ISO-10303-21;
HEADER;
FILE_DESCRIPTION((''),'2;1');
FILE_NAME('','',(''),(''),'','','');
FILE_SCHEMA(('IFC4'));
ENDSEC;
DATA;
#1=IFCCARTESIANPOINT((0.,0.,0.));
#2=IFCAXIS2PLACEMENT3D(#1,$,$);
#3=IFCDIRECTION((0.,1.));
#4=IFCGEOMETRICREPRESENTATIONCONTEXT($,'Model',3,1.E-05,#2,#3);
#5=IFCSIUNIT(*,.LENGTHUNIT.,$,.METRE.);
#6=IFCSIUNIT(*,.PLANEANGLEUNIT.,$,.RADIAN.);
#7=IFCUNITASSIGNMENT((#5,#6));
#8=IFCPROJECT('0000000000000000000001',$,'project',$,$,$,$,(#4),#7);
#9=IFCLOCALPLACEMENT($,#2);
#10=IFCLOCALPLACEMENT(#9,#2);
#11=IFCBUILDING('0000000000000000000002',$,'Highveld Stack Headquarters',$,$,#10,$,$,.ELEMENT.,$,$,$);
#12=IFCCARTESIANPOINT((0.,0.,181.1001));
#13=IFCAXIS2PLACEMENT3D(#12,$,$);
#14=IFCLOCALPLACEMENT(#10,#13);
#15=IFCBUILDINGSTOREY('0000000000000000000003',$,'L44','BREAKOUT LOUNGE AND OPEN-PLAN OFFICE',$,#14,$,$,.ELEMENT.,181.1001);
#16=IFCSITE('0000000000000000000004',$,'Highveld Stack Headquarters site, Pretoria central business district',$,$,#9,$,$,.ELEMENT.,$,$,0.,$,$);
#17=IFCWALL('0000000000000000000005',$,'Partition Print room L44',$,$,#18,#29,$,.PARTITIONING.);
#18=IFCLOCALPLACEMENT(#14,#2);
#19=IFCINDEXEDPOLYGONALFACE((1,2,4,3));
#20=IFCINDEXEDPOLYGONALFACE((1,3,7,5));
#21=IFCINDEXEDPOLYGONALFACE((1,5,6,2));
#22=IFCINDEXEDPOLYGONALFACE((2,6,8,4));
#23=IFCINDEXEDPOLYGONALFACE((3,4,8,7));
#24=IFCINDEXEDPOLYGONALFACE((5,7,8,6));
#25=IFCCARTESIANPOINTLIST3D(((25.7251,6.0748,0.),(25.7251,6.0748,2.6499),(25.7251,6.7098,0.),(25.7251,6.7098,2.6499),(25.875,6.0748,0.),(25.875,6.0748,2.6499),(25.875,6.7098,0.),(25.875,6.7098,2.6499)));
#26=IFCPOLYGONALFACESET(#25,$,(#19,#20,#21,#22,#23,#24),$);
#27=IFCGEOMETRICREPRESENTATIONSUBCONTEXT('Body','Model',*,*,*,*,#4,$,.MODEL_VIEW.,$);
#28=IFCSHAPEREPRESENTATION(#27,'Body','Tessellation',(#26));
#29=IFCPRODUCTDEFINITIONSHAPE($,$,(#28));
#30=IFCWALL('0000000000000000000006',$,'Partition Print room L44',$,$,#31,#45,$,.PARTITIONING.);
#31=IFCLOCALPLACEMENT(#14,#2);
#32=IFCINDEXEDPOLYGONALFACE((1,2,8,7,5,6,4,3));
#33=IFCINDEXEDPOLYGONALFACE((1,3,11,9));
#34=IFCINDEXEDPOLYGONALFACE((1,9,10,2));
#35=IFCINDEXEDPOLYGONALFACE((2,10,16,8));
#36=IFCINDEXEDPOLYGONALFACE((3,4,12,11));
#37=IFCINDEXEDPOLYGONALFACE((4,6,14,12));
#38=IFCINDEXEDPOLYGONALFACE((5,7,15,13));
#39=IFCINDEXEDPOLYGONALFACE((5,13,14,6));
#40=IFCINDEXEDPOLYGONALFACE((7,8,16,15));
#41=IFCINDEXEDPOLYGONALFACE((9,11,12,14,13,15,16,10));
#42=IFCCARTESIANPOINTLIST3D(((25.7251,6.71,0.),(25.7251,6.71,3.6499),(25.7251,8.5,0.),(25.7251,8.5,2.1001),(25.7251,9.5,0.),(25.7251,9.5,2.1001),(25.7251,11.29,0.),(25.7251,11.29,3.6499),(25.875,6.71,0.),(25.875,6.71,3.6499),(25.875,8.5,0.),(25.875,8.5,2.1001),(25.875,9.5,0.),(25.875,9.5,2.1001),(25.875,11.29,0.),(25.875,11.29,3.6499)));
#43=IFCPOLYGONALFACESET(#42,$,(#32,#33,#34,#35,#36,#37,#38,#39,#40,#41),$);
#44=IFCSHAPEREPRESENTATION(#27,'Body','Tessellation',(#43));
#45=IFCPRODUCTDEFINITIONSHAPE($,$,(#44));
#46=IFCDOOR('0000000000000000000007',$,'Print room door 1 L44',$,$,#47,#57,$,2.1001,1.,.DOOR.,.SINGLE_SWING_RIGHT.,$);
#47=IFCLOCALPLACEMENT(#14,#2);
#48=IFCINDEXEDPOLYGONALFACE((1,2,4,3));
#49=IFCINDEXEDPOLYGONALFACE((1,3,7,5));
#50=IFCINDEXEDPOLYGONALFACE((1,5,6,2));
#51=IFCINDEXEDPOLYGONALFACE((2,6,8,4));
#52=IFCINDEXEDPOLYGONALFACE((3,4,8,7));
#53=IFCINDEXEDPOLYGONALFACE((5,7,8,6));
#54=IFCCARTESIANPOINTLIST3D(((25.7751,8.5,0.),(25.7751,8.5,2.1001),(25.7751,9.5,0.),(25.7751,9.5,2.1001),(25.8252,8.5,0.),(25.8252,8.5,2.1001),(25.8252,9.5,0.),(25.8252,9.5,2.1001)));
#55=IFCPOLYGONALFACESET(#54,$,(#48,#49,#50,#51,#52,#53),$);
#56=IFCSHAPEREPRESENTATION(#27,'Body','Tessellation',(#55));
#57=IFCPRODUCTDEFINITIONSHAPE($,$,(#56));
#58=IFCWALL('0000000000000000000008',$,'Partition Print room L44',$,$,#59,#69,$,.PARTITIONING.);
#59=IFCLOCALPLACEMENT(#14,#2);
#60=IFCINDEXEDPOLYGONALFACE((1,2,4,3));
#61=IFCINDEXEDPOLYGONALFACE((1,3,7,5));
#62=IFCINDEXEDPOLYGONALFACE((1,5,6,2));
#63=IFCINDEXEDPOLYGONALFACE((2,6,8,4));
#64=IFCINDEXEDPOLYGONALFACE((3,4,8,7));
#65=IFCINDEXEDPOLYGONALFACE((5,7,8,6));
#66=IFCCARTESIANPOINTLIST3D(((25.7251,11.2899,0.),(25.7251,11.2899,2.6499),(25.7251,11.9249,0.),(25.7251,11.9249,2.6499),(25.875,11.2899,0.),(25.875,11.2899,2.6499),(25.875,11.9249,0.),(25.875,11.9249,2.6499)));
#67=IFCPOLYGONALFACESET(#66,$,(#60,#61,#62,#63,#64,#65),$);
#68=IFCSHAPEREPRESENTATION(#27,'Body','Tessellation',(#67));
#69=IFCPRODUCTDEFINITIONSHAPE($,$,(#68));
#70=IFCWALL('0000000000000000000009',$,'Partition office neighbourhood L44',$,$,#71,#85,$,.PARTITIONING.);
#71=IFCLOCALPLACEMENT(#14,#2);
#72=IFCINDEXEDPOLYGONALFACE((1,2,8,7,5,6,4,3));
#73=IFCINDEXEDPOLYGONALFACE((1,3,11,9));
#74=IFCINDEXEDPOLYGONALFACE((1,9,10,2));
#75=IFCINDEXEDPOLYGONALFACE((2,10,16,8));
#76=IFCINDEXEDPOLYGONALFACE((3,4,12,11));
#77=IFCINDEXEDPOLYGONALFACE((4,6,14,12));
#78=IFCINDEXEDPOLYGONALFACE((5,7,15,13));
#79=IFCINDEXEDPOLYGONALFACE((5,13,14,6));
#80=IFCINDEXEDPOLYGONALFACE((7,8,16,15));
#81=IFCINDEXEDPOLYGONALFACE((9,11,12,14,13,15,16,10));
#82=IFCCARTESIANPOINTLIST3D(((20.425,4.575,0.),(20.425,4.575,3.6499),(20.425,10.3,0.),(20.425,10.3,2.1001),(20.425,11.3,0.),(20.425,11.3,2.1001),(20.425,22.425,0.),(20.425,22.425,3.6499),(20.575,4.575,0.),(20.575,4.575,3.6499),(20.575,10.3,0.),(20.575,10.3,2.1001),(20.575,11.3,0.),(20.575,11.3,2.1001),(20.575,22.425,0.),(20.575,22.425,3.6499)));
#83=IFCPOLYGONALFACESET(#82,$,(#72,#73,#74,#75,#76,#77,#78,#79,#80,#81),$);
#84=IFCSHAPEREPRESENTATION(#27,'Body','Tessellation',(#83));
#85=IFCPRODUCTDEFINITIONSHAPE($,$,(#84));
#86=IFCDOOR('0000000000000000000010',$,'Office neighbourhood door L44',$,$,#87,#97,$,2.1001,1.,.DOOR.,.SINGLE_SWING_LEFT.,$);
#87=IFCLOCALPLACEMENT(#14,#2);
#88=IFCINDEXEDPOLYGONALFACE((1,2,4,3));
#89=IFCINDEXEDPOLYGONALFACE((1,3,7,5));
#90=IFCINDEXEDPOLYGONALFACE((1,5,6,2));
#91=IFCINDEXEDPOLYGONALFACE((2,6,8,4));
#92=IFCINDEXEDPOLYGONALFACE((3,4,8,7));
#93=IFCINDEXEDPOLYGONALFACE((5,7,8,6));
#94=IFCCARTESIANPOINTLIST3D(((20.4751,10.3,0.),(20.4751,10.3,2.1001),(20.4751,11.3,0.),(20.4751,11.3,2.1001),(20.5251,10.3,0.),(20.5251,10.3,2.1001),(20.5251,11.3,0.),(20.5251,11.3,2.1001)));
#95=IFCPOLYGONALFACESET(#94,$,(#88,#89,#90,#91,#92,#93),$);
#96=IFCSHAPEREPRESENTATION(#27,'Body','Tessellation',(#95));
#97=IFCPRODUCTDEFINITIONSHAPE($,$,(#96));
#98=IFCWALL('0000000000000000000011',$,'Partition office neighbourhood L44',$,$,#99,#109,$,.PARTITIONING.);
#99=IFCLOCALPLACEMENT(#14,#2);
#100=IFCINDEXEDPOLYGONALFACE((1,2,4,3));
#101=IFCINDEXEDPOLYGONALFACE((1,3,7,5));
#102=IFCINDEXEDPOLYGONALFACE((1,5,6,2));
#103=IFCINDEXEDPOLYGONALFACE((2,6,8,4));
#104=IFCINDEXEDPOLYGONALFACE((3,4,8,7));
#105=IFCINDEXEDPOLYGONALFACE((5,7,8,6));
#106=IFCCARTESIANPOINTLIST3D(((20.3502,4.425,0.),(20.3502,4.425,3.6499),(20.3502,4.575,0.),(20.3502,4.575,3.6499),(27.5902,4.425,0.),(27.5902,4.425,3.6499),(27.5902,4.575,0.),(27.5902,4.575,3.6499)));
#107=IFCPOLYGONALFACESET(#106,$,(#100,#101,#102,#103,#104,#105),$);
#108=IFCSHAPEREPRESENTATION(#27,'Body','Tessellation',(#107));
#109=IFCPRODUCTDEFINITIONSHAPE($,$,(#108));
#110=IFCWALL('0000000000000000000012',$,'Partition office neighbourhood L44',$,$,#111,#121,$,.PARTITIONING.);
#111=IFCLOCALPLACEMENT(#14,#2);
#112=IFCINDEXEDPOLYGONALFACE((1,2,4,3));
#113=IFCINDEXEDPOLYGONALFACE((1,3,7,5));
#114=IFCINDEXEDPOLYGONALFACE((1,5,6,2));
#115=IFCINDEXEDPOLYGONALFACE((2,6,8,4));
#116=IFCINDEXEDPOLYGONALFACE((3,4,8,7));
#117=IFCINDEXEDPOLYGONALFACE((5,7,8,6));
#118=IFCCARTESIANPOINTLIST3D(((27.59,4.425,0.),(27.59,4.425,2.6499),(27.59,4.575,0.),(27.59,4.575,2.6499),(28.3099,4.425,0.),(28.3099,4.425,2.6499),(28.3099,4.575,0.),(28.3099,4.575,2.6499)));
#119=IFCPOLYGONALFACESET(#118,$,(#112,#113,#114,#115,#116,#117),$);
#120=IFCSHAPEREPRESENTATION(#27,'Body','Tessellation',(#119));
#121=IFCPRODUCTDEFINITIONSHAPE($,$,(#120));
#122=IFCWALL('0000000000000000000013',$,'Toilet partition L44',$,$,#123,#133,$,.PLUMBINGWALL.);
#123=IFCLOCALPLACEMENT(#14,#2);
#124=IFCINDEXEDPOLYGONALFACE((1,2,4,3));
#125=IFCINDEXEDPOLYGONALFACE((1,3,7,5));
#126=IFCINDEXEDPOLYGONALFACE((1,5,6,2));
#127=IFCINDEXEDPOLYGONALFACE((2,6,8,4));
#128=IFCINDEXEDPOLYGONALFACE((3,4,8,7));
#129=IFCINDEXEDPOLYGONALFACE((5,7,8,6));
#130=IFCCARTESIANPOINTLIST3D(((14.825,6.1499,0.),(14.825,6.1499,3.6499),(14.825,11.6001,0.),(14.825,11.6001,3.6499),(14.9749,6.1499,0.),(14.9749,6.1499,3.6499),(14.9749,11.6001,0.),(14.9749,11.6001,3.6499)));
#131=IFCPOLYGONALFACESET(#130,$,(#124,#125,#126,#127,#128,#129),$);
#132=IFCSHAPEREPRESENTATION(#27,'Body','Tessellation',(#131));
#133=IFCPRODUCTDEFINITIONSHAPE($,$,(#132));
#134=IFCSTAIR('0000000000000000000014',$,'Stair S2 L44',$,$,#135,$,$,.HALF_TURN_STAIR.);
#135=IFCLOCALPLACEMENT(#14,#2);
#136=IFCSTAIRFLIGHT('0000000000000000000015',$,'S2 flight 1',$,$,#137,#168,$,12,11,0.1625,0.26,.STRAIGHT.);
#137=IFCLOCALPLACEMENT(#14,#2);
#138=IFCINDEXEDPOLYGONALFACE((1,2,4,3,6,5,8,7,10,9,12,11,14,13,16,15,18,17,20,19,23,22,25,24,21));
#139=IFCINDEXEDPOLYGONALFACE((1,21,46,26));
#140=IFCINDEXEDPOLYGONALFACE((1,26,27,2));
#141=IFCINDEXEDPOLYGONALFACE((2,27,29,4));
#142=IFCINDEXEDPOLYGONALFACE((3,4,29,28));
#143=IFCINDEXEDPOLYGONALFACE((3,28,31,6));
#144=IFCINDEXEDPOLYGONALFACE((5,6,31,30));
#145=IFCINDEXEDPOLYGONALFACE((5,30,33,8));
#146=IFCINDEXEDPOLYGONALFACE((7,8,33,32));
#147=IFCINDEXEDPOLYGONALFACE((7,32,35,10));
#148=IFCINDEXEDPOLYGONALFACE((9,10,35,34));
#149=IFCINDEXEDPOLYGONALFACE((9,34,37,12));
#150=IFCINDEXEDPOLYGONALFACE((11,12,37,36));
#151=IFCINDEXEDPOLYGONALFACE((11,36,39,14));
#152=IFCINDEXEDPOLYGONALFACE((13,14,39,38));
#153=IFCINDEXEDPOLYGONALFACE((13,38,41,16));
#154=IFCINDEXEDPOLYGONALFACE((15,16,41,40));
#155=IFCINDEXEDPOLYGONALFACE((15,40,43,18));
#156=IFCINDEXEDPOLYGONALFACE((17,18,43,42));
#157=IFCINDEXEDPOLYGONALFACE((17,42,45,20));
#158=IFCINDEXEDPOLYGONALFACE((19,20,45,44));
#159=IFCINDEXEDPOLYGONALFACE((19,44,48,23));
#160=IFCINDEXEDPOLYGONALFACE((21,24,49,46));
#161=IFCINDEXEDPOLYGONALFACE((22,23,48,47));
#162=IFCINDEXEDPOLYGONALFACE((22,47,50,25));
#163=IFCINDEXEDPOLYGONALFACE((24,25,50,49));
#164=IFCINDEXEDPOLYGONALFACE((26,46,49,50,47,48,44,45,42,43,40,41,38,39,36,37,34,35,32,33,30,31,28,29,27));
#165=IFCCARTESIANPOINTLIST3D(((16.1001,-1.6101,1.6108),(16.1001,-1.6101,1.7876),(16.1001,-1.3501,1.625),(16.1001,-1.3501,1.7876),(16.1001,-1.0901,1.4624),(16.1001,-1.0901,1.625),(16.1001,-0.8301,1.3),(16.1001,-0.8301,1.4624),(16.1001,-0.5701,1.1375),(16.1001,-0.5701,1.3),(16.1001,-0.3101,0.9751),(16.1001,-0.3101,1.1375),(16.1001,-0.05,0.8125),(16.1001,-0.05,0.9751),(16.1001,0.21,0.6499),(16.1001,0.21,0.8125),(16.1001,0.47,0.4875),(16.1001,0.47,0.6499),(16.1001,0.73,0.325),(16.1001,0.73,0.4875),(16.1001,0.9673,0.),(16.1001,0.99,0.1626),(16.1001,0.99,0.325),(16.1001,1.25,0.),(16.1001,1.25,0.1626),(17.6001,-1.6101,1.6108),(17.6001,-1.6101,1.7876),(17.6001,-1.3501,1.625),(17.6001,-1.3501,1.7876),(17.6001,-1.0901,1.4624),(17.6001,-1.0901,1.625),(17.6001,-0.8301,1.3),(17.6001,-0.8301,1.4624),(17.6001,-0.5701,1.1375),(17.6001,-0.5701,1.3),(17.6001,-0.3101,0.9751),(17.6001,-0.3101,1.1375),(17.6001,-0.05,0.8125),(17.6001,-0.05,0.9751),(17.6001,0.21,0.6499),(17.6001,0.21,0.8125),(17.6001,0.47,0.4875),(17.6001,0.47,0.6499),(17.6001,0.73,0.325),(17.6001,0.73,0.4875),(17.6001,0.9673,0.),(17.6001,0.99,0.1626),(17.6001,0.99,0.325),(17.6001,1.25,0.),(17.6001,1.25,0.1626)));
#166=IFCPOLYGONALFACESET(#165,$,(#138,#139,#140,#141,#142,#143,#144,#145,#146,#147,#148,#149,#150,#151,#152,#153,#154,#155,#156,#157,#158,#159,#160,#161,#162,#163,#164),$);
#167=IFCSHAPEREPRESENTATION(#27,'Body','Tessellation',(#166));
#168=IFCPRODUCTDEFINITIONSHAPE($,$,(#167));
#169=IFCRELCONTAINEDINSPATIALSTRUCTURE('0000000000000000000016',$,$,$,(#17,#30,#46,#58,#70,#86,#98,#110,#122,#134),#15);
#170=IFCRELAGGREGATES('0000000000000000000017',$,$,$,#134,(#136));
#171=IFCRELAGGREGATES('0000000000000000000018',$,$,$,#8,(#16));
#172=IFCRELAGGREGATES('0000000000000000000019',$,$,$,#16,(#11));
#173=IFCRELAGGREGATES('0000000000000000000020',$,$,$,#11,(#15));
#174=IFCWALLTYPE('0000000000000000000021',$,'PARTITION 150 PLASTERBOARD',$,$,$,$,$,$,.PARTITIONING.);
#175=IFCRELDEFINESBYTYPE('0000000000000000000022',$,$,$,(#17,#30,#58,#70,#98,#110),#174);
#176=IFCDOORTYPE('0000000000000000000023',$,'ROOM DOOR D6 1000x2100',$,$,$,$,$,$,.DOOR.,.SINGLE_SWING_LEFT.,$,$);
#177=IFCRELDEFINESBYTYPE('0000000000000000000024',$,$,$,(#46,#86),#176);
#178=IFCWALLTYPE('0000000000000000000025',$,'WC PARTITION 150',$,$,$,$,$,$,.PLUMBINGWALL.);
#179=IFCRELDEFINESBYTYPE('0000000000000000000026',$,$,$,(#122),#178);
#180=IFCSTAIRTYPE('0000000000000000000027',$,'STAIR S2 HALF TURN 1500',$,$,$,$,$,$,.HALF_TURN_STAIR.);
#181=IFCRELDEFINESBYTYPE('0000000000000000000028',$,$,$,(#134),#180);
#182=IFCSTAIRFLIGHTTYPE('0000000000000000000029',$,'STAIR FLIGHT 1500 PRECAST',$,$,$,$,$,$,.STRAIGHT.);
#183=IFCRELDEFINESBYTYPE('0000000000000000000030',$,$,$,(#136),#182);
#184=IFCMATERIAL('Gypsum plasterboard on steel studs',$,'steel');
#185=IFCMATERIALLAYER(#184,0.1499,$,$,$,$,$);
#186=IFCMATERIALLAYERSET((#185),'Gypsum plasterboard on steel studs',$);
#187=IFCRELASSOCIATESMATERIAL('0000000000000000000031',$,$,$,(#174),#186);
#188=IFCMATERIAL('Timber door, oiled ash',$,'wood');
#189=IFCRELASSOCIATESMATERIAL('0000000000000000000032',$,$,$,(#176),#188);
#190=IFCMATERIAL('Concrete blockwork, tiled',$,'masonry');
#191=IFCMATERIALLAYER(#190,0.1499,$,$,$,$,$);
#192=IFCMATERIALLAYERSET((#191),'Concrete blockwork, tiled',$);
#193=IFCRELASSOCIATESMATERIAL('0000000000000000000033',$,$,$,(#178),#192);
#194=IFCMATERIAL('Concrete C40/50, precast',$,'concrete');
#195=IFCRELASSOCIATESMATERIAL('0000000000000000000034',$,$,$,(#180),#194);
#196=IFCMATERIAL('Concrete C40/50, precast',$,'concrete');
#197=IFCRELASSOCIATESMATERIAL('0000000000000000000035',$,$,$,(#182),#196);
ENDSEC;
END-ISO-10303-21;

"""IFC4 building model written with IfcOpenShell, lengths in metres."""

from ifc_helpers import new_model, si_unit, direction, frame, frame_2d, origin, place, context, subcontext, project, spatial, polyline, rectangle, outline, extrude, material, layer, layer_set, type_object, element, fill, aggregate, save


model = new_model("IFC4")

# Units and contexts
model_context = context("Model", 3, precision=1e-05, world=origin(), true_north=direction((0.0, 1.0)))
body_context = subcontext(model_context, "Body", "Model", "MODEL_VIEW")
ifc_project = project(units=[si_unit("LENGTHUNIT", "METRE"), si_unit("PLANEANGLEUNIT", "RADIAN")], contexts=[model_context])

# Site, building, storey
site_placement = place(None, origin())
site = spatial("IfcSite", under=ifc_project, at=site_placement, Name="Highveld Stack Headquarters site, Pretoria central business district", CompositionType="ELEMENT", RefElevation=0.0)
building_placement = place(site_placement, origin())
building = spatial("IfcBuilding", under=site, at=building_placement, Name="Highveld Stack Headquarters", CompositionType="ELEMENT")
storey_placement = place(building_placement, frame((0.0, 0.0, 181.1001)))
storey = spatial("IfcBuildingStorey", under=building, at=storey_placement, Name="L44", Description="BREAKOUT LOUNGE AND OPEN-PLAN OFFICE", CompositionType="ELEMENT", Elevation=181.1001)

# Wall
ifc_material_1 = material(Name="Gypsum plasterboard on steel studs", Category="steel")
ifc_layer_1 = layer(ifc_material_1, 0.1499)
ifc_layer_set_1 = layer_set([ifc_layer_1], Name="Gypsum plasterboard on steel studs")
wall_type_1 = type_object("IfcWallType", Name="PARTITION 150 PLASTERBOARD", PredefinedType="PARTITIONING", material=ifc_layer_set_1)
wall_1_placement = place(storey_placement, frame((25.8, 6.075, 0.0), z_axis=(0.0, 0.0, 1.0), x_axis=(0.0, 1.0, 0.0)))
element("IfcWall", 1, at=wall_1_placement, inside=storey, type_object=wall_type_1, Name="Partition Print room L44", PredefinedType="PARTITIONING", context=body_context, shape_type="SweptSolid", body=[
    extrude(rectangle(XDim=0.635, YDim=0.1499, at=frame_2d((0.3174, 0.0))), origin(), (0.0, 0.0, 1.0), 2.6499),
])

# Wall, opening, door
wall_2_placement = place(storey_placement, frame((25.8, 6.71, 0.0), z_axis=(0.0, 0.0, 1.0), x_axis=(0.0, 1.0, 0.0)))
wall_2 = element("IfcWall", 2, at=wall_2_placement, inside=storey, type_object=wall_type_1, Name="Partition Print room L44", PredefinedType="PARTITIONING", context=body_context, shape_type="SweptSolid", body=[
    extrude(rectangle(XDim=4.5801, YDim=0.1499, at=frame_2d((2.29, 0.0))), origin(), (0.0, 0.0, 1.0), 3.6499),
])
opening_1_placement = place(wall_2_placement, frame((1.79, 0.0, 0.0)))
opening_1 = element("IfcOpeningElement", 3, at=opening_1_placement, cuts=wall_2, PredefinedType="OPENING", context=body_context, shape_type="SweptSolid", body=[
    extrude(rectangle(XDim=1.0, YDim=2.1001, at=frame_2d((0.5, 1.05))), frame((0.0, 0.085, 0.0), z_axis=(0.0, -1.0, 0.0), x_axis=(1.0, 0.0, 0.0)), (0.0, 0.0, 1.0), 0.1699),
])
ifc_material_2 = material(Name="Timber door, oiled ash", Category="wood")
door_type_1 = type_object("IfcDoorType", Name="ROOM DOOR D6 1000x2100", OperationType="SINGLE_SWING_LEFT", PredefinedType="DOOR", material=ifc_material_2)
door_1_placement = place(opening_1_placement, origin())
door_1 = element("IfcDoor", 4, at=door_1_placement, inside=storey, type_object=door_type_1, Name="Print room door 1 L44", OperationType="SINGLE_SWING_RIGHT", OverallHeight=2.1001, OverallWidth=1.0, PredefinedType="DOOR", context=body_context, shape_type="SweptSolid", body=[
    extrude(rectangle(XDim=1.0, YDim=2.1001, at=frame_2d((0.5, 1.05))), frame((0.0, 0.0249, 0.0), z_axis=(0.0, -1.0, 0.0), x_axis=(1.0, 0.0, 0.0)), (0.0, 0.0, 1.0), 0.05),
])
fill(opening_1, door_1)

# Wall
wall_3_placement = place(storey_placement, frame((25.8, 11.29, 0.0), z_axis=(0.0, 0.0, 1.0), x_axis=(0.0, 1.0, 0.0)))
element("IfcWall", 5, at=wall_3_placement, inside=storey, type_object=wall_type_1, Name="Partition Print room L44", PredefinedType="PARTITIONING", context=body_context, shape_type="SweptSolid", body=[
    extrude(rectangle(XDim=0.635, YDim=0.1499, at=frame_2d((0.3174, 0.0))), origin(), (0.0, 0.0, 1.0), 2.6499),
])

# Wall, opening, door
wall_4_placement = place(storey_placement, frame((20.5, 4.575, 0.0), z_axis=(0.0, 0.0, 1.0), x_axis=(0.0, 1.0, 0.0)))
wall_4 = element("IfcWall", 6, at=wall_4_placement, inside=storey, type_object=wall_type_1, Name="Partition office neighbourhood L44", PredefinedType="PARTITIONING", context=body_context, shape_type="SweptSolid", body=[
    extrude(rectangle(XDim=17.8501, YDim=0.1499, at=frame_2d((8.925, 0.0))), origin(), (0.0, 0.0, 1.0), 3.6499),
])
opening_2_placement = place(wall_4_placement, frame((5.7251, 0.0, 0.0)))
opening_2 = element("IfcOpeningElement", 7, at=opening_2_placement, cuts=wall_4, PredefinedType="OPENING", context=body_context, shape_type="SweptSolid", body=[
    extrude(rectangle(XDim=1.0, YDim=2.1001, at=frame_2d((0.5, 1.05))), frame((0.0, 0.085, 0.0), z_axis=(0.0, -1.0, 0.0), x_axis=(1.0, 0.0, 0.0)), (0.0, 0.0, 1.0), 0.1699),
])
door_2_placement = place(opening_2_placement, origin())
door_2 = element("IfcDoor", 8, at=door_2_placement, inside=storey, type_object=door_type_1, Name="Office neighbourhood door L44", OperationType="SINGLE_SWING_LEFT", OverallHeight=2.1001, OverallWidth=1.0, PredefinedType="DOOR", context=body_context, shape_type="SweptSolid", body=[
    extrude(rectangle(XDim=1.0, YDim=2.1001, at=frame_2d((0.5, 1.05))), frame((0.0, 0.0249, 0.0), z_axis=(0.0, -1.0, 0.0), x_axis=(1.0, 0.0, 0.0)), (0.0, 0.0, 1.0), 0.05),
])
fill(opening_2, door_2)

# Walls
wall_5_placement = place(storey_placement, frame((20.3501, 4.5, 0.0), z_axis=(0.0, 0.0, 1.0), x_axis=(1.0, 0.0, 0.0)))
element("IfcWall", 9, at=wall_5_placement, inside=storey, type_object=wall_type_1, Name="Partition office neighbourhood L44", PredefinedType="PARTITIONING", context=body_context, shape_type="SweptSolid", body=[
    extrude(rectangle(XDim=7.24, YDim=0.1499, at=frame_2d((3.6201, 0.0))), origin(), (0.0, 0.0, 1.0), 3.6499),
])
wall_6_placement = place(storey_placement, frame((27.5901, 4.5, 0.0), z_axis=(0.0, 0.0, 1.0), x_axis=(1.0, 0.0, 0.0)))
element("IfcWall", 10, at=wall_6_placement, inside=storey, type_object=wall_type_1, Name="Partition office neighbourhood L44", PredefinedType="PARTITIONING", context=body_context, shape_type="SweptSolid", body=[
    extrude(rectangle(XDim=0.72, YDim=0.1499, at=frame_2d((0.3599, 0.0))), origin(), (0.0, 0.0, 1.0), 2.6499),
])
ifc_material_3 = material(Name="Concrete blockwork, tiled", Category="masonry")
ifc_layer_2 = layer(ifc_material_3, 0.1499)
ifc_layer_set_2 = layer_set([ifc_layer_2], Name="Concrete blockwork, tiled")
wall_type_2 = type_object("IfcWallType", Name="WC PARTITION 150", PredefinedType="PLUMBINGWALL", material=ifc_layer_set_2)
wall_7_placement = place(storey_placement, frame((14.8999, 6.1499, 0.0), z_axis=(0.0, 0.0, 1.0), x_axis=(0.0, 1.0, 0.0)))
element("IfcWall", 11, at=wall_7_placement, inside=storey, type_object=wall_type_2, Name="Toilet partition L44", PredefinedType="PLUMBINGWALL", context=body_context, shape_type="SweptSolid", body=[
    extrude(rectangle(XDim=5.4502, YDim=0.1499, at=frame_2d((2.7251, 0.0))), origin(), (0.0, 0.0, 1.0), 3.6499),
])

# Stair, stair flight
ifc_material_4 = material(Name="Concrete C40/50, precast", Category="concrete")
stair_type = type_object("IfcStairType", Name="STAIR S2 HALF TURN 1500", PredefinedType="HALF_TURN_STAIR", material=ifc_material_4)
stair_placement = place(storey_placement, origin())
stair = element("IfcStair", 12, at=stair_placement, inside=storey, type_object=stair_type, Name="Stair S2 L44", PredefinedType="HALF_TURN_STAIR")
ifc_material_5 = material(Name="Concrete C40/50, precast", Category="concrete")
stair_flight_type = type_object("IfcStairFlightType", Name="STAIR FLIGHT 1500 PRECAST", PredefinedType="STRAIGHT", material=ifc_material_5)
stair_flight_1_placement = place(storey_placement, frame((16.8501, 1.25, 0.0), z_axis=(0.0, 0.0, 1.0), x_axis=(0.0, -1.0, 0.0)))
stair_flight_1 = element("IfcStairFlight", 13, at=stair_flight_1_placement, type_object=stair_flight_type, Name="S2 flight 1", NumberOfRisers=12, NumberOfTreads=11, PredefinedType="STRAIGHT", RiserHeight=0.1625, TreadLength=0.26, context=body_context, shape_type="SweptSolid", body=[
    extrude(outline(polyline([(0.0, 0.0), (0.0, 0.1626), (0.26, 0.1626), (0.26, 0.325), (0.52, 0.325), (0.52, 0.4875), (0.78, 0.4875), (0.78, 0.6499), (1.04, 0.6499), (1.04, 0.8125), (1.3, 0.8125), (1.3, 0.9751), (1.5601, 0.9751), (1.5601, 1.1375), (1.8201, 1.1375), (1.8201, 1.3), (2.0801, 1.3), (2.0801, 1.4624), (2.3401, 1.4624), (2.3401, 1.625), (2.6001, 1.625), (2.6001, 1.7876), (2.8601, 1.7876), (2.8601, 1.95), (2.8601, 1.6108), (0.2827, 0.0), (0.0, 0.0)])), frame((0.0, 0.75, 0.0), z_axis=(0.0, -1.0, 0.0), x_axis=(1.0, 0.0, 0.0)), (0.0, 0.0, 1.0), 1.5),
])
aggregate(stair, [stair_flight_1])

save(model, "model.ifc")
